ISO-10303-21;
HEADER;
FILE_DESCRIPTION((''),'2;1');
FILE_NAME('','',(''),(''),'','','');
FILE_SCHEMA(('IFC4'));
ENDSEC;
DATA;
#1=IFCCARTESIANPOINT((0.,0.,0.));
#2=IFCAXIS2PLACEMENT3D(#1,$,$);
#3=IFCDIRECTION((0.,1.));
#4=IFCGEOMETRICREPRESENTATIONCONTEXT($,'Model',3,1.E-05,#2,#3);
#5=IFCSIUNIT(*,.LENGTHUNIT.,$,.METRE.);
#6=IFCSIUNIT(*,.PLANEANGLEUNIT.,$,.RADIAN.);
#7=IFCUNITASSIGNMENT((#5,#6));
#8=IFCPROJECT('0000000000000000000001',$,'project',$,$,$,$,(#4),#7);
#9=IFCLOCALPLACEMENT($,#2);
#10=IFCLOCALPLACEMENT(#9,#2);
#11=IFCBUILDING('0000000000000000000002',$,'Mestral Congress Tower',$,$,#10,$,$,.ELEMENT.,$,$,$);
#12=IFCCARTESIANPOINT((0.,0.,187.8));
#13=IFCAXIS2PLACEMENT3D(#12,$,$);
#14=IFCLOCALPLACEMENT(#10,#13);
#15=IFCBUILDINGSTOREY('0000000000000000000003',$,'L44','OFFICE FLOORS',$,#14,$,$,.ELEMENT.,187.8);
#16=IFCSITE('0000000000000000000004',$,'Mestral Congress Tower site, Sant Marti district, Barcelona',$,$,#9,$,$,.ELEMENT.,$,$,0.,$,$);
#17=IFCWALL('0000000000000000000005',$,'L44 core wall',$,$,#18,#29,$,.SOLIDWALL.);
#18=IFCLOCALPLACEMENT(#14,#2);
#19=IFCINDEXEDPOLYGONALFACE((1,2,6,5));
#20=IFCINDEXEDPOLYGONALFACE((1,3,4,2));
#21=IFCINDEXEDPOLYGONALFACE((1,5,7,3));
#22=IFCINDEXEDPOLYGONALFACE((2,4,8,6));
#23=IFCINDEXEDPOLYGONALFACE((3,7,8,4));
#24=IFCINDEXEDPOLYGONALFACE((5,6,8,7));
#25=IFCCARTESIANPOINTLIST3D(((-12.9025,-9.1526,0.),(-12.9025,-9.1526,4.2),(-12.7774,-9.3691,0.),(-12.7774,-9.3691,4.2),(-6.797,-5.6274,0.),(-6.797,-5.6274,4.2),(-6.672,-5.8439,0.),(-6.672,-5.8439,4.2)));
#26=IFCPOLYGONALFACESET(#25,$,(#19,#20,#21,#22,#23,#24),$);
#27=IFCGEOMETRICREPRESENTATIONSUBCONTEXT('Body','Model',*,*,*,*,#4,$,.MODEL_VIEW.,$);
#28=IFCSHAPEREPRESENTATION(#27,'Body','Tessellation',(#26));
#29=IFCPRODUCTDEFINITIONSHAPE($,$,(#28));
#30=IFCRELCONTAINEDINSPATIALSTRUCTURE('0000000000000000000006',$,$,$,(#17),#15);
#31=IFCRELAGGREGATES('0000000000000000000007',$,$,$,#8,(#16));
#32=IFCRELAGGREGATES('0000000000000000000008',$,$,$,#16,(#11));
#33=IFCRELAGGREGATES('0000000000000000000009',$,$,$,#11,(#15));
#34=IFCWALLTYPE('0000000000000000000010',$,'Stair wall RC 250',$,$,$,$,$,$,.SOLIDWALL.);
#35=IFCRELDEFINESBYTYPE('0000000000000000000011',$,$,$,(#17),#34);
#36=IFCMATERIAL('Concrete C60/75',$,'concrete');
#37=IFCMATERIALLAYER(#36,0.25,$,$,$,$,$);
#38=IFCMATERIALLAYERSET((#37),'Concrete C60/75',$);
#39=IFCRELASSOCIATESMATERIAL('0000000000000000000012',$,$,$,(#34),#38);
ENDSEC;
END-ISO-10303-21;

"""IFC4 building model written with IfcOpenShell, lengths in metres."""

from ifc_helpers import new_model, si_unit, direction, frame, frame_2d, origin, place, context, subcontext, project, spatial, rectangle, extrude, material, layer, layer_set, type_object, element, save


model = new_model("IFC4")

# Units and contexts
model_context = context("Model", 3, precision=1e-05, world=origin(), true_north=direction((0.0, 1.0)))
body_context = subcontext(model_context, "Body", "Model", "MODEL_VIEW")
ifc_project = project(units=[si_unit("LENGTHUNIT", "METRE"), si_unit("PLANEANGLEUNIT", "RADIAN")], contexts=[model_context])

# Site, building, storey
site_placement = place(None, origin())
site = spatial("IfcSite", under=ifc_project, at=site_placement, Name="Mestral Congress Tower site, Sant Marti district, Barcelona", CompositionType="ELEMENT", RefElevation=0.0)
building_placement = place(site_placement, origin())
building = spatial("IfcBuilding", under=site, at=building_placement, Name="Mestral Congress Tower", CompositionType="ELEMENT")
storey_placement = place(building_placement, frame((0.0, 0.0, 187.8)))
storey = spatial("IfcBuildingStorey", under=building, at=storey_placement, Name="L44", Description="OFFICE FLOORS", CompositionType="ELEMENT", Elevation=187.8)

# Shared definitions
ifc_material_1 = material(Name="Concrete C60/75", Category="concrete")

# Wall
ifc_layer_1 = layer(ifc_material_1, 0.25)
ifc_layer_set_1 = layer_set([ifc_layer_1], Name="Concrete C60/75")
wall_type_1 = type_object("IfcWallType", Name="Stair wall RC 250", PredefinedType="SOLIDWALL", material=ifc_layer_set_1)
wall_1_placement = place(storey_placement, frame((-12.8398, -9.2607, 0.0), z_axis=(0.0, 0.0, 1.0), x_axis=(0.866016, 0.500016, 0.0)))
element("IfcWall", 1, at=wall_1_placement, inside=storey, type_object=wall_type_1, Name="L44 core wall", PredefinedType="SOLIDWALL", context=body_context, shape_type="SweptSolid", body=[
    extrude(rectangle(XDim=7.05, YDim=0.25, at=frame_2d((3.5249, 0.0))), origin(), (0.0, 0.0, 1.0), 4.2),
])

save(model, "model.ifc")
